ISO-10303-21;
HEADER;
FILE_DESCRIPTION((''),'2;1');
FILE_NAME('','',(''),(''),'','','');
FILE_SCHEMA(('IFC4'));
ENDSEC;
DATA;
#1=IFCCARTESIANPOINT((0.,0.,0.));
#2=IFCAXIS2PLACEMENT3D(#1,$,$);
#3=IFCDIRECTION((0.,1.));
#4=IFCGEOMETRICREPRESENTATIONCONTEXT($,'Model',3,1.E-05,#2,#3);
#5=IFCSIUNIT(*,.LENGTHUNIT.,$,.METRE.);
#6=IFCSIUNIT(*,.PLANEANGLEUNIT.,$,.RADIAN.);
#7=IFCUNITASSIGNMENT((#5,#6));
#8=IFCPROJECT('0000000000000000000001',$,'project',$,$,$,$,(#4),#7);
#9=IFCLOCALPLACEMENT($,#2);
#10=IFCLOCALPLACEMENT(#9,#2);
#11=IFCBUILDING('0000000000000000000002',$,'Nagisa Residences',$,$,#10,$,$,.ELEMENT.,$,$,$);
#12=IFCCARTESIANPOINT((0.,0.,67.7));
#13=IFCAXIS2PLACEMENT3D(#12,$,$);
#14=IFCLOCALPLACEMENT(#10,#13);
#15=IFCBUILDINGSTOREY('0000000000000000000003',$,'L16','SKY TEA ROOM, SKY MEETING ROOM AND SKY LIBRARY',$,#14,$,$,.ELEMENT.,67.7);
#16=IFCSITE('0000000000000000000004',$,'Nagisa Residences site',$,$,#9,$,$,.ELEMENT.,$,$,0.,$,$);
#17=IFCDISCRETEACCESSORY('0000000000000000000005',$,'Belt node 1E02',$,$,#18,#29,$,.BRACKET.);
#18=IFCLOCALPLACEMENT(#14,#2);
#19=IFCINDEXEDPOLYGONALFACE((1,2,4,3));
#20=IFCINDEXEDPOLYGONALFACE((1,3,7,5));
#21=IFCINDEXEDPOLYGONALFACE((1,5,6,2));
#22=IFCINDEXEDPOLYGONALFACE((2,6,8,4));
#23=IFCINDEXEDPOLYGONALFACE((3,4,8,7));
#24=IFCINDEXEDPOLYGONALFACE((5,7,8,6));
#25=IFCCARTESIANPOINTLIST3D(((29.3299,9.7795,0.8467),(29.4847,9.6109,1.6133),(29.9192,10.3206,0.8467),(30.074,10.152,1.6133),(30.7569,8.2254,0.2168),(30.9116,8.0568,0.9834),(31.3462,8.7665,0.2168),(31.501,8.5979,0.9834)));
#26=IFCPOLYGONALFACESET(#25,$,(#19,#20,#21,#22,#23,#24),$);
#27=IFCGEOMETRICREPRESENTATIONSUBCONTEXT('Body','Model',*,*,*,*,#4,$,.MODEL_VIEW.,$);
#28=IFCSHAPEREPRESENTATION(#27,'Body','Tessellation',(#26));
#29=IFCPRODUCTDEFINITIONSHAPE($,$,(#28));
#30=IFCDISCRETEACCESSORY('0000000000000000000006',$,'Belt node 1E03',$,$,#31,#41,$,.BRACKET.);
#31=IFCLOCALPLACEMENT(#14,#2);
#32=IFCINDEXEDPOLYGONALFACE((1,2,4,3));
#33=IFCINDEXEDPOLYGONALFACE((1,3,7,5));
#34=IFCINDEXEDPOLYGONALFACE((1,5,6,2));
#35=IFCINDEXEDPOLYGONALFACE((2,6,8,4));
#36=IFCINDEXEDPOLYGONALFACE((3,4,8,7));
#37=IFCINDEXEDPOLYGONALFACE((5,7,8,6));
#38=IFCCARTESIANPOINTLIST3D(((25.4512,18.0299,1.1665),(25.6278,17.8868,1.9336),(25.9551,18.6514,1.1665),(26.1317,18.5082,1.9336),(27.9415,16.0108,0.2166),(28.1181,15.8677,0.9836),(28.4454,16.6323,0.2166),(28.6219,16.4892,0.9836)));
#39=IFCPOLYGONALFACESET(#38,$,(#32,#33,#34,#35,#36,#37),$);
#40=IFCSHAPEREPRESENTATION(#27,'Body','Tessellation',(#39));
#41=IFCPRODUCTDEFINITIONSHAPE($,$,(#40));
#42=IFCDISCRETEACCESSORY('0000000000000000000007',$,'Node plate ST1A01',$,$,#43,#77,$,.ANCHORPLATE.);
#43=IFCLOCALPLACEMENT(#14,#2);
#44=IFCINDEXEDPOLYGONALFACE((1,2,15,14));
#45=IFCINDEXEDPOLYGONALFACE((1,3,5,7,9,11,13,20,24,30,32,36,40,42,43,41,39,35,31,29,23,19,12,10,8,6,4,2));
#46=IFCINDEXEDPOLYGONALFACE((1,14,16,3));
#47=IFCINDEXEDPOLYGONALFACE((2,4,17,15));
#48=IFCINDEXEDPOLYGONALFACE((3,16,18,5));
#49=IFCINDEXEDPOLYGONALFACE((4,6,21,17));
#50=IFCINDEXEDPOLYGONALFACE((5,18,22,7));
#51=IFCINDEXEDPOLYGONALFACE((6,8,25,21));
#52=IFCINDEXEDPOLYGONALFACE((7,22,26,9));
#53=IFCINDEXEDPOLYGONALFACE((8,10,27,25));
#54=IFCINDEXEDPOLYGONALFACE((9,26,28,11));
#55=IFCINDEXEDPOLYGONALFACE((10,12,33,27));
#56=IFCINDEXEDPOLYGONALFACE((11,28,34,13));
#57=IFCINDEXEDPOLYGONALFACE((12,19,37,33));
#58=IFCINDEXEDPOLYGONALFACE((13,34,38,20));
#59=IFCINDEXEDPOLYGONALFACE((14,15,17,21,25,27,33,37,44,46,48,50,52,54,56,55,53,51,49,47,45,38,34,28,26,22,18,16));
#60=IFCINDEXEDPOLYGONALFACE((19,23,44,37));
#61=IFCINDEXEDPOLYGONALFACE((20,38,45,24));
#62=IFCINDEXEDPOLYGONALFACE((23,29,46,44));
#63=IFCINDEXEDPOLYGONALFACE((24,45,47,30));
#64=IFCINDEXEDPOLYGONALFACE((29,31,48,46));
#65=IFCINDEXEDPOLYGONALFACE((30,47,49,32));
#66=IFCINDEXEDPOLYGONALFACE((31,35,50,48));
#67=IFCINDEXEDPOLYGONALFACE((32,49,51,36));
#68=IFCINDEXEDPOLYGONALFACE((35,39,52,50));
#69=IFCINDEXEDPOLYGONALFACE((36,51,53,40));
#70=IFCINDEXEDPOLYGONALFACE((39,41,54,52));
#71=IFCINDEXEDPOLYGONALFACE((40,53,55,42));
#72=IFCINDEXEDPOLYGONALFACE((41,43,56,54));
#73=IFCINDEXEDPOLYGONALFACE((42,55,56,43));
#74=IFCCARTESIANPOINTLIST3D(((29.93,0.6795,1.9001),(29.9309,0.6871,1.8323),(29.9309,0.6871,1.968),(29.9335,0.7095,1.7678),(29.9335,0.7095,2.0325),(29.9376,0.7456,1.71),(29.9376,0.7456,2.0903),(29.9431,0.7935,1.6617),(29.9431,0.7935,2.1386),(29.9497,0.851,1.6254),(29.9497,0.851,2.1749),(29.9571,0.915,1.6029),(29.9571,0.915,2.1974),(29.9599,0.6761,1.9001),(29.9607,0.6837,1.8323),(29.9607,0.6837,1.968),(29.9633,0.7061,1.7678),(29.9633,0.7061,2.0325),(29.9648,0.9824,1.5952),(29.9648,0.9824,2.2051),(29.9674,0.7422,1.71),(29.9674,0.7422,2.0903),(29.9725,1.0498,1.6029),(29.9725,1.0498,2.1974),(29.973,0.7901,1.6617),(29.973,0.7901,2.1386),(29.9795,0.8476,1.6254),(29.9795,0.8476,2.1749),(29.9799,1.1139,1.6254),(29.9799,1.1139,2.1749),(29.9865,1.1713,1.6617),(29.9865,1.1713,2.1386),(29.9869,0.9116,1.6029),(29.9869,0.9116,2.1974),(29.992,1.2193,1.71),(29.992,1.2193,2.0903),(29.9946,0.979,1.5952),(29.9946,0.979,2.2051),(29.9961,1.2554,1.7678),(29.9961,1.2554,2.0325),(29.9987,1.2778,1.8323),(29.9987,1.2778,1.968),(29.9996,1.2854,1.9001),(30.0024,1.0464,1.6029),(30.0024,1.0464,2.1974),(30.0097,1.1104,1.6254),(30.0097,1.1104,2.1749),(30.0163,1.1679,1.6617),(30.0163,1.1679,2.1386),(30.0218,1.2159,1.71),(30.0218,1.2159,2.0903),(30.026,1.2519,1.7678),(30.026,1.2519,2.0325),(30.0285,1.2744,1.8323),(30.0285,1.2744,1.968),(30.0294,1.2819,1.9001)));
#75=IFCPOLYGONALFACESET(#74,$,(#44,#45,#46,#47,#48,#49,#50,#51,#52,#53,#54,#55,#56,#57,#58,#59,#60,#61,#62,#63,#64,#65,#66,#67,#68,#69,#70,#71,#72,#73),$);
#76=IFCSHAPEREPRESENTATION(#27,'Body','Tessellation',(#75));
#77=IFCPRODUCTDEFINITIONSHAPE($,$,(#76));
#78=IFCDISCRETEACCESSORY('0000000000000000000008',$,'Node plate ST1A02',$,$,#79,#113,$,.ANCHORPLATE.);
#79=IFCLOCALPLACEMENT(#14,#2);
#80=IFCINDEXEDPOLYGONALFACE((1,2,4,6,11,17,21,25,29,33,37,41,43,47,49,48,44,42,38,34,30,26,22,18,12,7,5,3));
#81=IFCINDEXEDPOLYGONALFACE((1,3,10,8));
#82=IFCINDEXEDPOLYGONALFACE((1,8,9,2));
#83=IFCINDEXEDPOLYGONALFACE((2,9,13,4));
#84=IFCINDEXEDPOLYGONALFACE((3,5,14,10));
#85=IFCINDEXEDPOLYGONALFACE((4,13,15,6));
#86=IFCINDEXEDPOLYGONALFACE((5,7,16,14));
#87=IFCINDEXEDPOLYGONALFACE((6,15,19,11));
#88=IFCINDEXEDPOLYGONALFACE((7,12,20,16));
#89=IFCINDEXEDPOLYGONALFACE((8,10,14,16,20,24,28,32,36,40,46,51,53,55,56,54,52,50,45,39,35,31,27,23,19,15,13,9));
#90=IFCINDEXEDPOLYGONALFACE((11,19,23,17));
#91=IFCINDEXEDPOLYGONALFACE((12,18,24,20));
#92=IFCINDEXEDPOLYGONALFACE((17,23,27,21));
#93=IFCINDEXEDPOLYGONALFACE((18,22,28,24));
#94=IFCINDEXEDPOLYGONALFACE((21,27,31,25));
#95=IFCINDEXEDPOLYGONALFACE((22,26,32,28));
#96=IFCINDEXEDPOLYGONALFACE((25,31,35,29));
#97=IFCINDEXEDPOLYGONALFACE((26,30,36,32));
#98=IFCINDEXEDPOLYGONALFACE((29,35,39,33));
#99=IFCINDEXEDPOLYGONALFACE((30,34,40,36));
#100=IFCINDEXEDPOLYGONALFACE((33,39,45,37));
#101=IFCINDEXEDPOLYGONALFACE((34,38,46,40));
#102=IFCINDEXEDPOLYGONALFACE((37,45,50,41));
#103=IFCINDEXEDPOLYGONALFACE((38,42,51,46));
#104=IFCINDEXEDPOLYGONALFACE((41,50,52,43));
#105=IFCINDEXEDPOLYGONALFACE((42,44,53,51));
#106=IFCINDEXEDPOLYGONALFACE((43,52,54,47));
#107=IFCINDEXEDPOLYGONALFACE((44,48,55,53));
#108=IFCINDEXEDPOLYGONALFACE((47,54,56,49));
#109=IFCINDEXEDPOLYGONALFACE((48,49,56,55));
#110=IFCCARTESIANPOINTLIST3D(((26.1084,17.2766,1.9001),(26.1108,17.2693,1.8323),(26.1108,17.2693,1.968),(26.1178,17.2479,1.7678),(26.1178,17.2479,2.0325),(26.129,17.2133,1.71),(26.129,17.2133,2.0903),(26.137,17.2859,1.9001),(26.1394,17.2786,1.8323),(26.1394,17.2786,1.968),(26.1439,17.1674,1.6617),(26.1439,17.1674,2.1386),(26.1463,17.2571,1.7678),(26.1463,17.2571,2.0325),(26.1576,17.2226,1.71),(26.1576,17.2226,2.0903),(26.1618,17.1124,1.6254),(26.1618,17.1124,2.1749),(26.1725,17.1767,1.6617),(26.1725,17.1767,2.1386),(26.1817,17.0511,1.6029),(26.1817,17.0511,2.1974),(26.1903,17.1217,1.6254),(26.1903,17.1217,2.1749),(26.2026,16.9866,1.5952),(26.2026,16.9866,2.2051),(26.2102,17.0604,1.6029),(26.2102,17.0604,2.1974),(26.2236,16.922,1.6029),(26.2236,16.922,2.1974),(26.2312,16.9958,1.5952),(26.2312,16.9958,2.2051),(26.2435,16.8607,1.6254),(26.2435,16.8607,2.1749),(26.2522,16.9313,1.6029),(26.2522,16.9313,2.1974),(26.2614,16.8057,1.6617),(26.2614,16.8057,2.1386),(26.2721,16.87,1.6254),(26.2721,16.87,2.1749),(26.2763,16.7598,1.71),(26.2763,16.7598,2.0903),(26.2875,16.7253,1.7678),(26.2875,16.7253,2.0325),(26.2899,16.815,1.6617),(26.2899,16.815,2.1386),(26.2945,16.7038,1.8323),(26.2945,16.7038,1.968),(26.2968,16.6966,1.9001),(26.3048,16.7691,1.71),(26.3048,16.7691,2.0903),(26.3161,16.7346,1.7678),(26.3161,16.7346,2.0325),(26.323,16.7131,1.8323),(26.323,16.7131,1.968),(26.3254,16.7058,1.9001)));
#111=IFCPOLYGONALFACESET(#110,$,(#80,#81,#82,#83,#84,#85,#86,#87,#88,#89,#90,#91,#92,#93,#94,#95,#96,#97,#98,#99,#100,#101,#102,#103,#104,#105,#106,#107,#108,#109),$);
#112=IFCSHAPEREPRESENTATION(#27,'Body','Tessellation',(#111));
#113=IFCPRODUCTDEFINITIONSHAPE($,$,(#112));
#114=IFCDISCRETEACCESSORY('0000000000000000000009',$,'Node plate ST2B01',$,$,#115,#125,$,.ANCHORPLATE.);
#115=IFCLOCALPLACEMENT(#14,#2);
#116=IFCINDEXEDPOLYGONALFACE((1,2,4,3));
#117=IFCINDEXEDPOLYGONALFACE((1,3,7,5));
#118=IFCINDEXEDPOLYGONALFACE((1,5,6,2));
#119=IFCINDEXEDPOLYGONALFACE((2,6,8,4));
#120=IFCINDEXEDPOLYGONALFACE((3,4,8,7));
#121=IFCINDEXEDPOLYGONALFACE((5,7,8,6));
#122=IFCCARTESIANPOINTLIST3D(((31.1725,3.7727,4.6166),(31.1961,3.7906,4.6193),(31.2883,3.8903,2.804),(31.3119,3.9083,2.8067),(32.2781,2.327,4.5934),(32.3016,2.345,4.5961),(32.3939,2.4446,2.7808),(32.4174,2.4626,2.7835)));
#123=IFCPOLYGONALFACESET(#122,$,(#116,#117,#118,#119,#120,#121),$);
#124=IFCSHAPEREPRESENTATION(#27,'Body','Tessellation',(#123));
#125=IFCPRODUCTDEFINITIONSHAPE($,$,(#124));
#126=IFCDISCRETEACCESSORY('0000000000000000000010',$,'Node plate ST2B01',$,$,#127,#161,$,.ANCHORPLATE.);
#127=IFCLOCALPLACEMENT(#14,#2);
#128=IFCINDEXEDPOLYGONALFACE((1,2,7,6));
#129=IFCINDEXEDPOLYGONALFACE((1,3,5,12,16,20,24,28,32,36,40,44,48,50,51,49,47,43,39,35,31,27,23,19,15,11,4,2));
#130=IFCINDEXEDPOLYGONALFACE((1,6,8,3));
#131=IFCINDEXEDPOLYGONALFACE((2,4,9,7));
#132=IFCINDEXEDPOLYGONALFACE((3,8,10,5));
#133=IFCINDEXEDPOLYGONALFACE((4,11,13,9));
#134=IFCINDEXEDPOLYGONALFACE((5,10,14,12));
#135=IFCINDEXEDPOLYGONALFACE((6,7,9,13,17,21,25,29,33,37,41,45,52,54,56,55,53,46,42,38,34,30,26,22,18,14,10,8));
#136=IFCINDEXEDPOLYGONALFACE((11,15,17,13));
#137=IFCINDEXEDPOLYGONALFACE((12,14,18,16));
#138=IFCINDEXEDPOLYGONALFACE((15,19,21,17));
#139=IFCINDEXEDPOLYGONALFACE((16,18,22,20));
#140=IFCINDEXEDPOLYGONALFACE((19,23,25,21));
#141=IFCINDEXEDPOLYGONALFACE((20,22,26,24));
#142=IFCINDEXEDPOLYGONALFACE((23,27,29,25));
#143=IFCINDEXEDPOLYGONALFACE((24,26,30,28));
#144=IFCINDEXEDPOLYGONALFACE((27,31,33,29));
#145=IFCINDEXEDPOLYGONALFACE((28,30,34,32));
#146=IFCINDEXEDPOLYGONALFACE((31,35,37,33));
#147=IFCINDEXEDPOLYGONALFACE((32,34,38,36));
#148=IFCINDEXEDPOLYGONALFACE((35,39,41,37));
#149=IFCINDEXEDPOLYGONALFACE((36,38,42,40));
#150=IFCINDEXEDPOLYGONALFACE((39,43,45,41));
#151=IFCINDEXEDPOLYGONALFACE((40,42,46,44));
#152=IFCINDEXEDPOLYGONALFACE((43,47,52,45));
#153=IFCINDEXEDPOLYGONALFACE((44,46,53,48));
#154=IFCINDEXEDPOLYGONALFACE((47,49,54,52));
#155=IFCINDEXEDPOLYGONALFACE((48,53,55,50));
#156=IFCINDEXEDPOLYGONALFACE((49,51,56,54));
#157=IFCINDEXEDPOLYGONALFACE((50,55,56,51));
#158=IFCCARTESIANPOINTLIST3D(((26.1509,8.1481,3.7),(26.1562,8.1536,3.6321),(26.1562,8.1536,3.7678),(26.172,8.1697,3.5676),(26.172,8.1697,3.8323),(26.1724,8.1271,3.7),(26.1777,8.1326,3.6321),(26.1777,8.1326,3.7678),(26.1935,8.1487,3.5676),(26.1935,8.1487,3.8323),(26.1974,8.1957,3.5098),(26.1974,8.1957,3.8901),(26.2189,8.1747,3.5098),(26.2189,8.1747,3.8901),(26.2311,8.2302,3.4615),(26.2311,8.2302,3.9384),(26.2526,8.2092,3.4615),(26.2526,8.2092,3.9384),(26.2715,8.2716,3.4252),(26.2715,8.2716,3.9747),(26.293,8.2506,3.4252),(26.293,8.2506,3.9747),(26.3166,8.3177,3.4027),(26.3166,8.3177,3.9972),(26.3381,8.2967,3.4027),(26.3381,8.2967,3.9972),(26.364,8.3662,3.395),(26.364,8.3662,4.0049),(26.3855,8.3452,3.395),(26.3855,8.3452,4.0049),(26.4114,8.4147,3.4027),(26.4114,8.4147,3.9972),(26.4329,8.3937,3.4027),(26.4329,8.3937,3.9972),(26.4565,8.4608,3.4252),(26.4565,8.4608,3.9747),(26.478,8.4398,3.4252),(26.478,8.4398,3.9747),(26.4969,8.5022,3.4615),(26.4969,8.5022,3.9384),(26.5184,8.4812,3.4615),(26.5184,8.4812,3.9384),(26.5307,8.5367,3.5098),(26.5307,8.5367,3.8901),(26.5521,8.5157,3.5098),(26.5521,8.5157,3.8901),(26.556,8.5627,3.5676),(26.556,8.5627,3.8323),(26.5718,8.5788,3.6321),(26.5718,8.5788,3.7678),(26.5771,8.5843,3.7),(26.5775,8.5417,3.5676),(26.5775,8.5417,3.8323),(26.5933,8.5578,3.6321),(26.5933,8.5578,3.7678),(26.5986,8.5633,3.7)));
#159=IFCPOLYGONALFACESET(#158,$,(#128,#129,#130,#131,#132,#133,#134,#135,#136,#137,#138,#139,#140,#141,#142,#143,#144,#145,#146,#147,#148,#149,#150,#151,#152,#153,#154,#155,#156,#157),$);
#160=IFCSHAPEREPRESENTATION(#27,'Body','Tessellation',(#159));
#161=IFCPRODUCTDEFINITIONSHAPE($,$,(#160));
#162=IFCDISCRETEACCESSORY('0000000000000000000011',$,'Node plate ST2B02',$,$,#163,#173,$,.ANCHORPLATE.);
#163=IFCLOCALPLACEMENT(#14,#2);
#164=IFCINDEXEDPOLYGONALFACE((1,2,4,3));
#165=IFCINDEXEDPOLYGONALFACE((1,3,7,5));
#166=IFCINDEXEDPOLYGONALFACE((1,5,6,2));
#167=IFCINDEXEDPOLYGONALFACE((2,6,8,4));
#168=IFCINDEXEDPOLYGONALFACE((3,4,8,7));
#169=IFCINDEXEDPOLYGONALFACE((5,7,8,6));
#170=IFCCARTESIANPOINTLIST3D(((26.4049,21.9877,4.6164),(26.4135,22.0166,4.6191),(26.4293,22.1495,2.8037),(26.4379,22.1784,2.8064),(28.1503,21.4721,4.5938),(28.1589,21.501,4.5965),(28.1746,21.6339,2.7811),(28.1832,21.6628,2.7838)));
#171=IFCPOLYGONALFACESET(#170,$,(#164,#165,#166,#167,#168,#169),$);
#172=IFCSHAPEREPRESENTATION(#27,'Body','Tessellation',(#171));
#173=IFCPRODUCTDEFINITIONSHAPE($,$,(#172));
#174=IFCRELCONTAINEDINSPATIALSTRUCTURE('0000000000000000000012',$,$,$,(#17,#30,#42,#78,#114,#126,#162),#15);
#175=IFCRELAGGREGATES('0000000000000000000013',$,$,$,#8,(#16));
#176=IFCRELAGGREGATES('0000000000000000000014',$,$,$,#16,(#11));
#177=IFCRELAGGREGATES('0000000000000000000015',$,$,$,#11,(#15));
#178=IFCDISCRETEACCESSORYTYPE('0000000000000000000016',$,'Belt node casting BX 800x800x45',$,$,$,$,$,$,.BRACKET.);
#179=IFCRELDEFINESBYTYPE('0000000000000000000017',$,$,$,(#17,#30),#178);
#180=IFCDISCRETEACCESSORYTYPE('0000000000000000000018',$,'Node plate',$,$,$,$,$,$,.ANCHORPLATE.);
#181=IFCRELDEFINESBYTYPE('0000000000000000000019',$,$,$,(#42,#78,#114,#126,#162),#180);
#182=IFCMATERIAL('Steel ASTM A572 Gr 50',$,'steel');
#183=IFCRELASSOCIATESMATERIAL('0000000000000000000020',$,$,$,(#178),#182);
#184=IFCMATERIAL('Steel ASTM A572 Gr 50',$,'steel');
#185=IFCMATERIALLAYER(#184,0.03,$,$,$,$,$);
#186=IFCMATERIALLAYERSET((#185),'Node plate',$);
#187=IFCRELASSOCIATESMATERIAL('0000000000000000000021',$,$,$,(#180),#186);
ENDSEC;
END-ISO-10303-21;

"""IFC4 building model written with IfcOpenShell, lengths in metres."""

from ifc_helpers import new_model, si_unit, direction, frame, origin, origin_2d, place, context, subcontext, project, spatial, rectangle, circle, extrude, material, layer, layer_set, type_object, element, save


model = new_model("IFC4")

# Units and contexts
model_context = context("Model", 3, precision=1e-05, world=origin(), true_north=direction((0.0, 1.0)))
body_context = subcontext(model_context, "Body", "Model", "MODEL_VIEW")
ifc_project = project(units=[si_unit("LENGTHUNIT", "METRE"), si_unit("PLANEANGLEUNIT", "RADIAN")], contexts=[model_context])

# Site, building, storey
site_placement = place(None, origin())
site = spatial("IfcSite", under=ifc_project, at=site_placement, Name="Nagisa Residences site", CompositionType="ELEMENT", RefElevation=0.0)
building_placement = place(site_placement, origin())
building = spatial("IfcBuilding", under=site, at=building_placement, Name="Nagisa Residences", CompositionType="ELEMENT")
storey_placement = place(building_placement, frame((0.0, 0.0, 67.7)))
storey = spatial("IfcBuildingStorey", under=building, at=storey_placement, Name="L16", Description="SKY TEA ROOM, SKY MEETING ROOM AND SKY LIBRARY", CompositionType="ELEMENT", Elevation=67.7)

# Discrete accessories
ifc_material_1 = material(Name="Steel ASTM A572 Gr 50", Category="steel")
discrete_accessory_type_1 = type_object("IfcDiscreteAccessoryType", Name="Belt node casting BX 800x800x45", PredefinedType="BRACKET", material=ifc_material_1)
discrete_accessory_1_placement = place(storey_placement, frame((31.1289, 8.4116, 0.6001), z_axis=(-0.64806, 0.705826, 0.286056), x_axis=(-0.736606, -0.676322, 0.0)))
element("IfcDiscreteAccessory", 1, at=discrete_accessory_1_placement, inside=storey, type_object=discrete_accessory_type_1, Name="Belt node 1E02", PredefinedType="BRACKET", context=body_context, shape_type="SweptSolid", body=[
    extrude(rectangle(XDim=0.8, YDim=0.8, at=origin_2d()), origin(), (0.0, 0.0, 1.0), 2.2019),
])
discrete_accessory_2_placement = place(storey_placement, frame((28.2817, 16.25, 0.6001), z_axis=(-0.744758, 0.603838, 0.284103), x_axis=(-0.62979, -0.776766, 0.0)))
element("IfcDiscreteAccessory", 2, at=discrete_accessory_2_placement, inside=storey, type_object=discrete_accessory_type_1, Name="Belt node 1E03", PredefinedType="BRACKET", context=body_context, shape_type="SweptSolid", body=[
    extrude(rectangle(XDim=0.8, YDim=0.8, at=origin_2d()), origin(), (0.0, 0.0, 1.0), 3.3438),
])
ifc_material_2 = material(Name="Steel ASTM A572 Gr 50", Category="steel")
ifc_layer = layer(ifc_material_2, 0.03)
ifc_layer_set = layer_set([ifc_layer], Name="Node plate")
discrete_accessory_type_2 = type_object("IfcDiscreteAccessoryType", Name="Node plate", PredefinedType="ANCHORPLATE", material=ifc_layer_set)
for number, where, z_axis, x_axis, name in (
    (3, (29.9946, 0.979, 1.9001), (-0.99348, 0.114006, 0.0), (-0.114006, -0.99348, 0.0), "Node plate ST1A01"),
    (4, (26.2312, 16.9958, 1.9001), (-0.951094, -0.308902, 0.0), (0.308902, -0.951094, 0.0), "Node plate ST1A02"),
):
    element("IfcDiscreteAccessory", number, at=place(storey_placement, frame(where, z_axis=z_axis, x_axis=x_axis)), inside=storey, type_object=discrete_accessory_type_2, Name=name, PredefinedType="ANCHORPLATE", context=body_context, shape_type="SweptSolid", body=[
        extrude(circle(Radius=0.3049, at=origin_2d()), origin(), (0.0, 0.0, 1.0), 0.03),
    ])
discrete_accessory_3_placement = place(storey_placement, frame((31.7832, 3.1086, 3.6987), z_axis=(0.791843, 0.604087, 0.089797), x_axis=(-0.607401, 0.794293, 0.012746)))
element("IfcDiscreteAccessory", 5, at=discrete_accessory_3_placement, inside=storey, type_object=discrete_accessory_type_2, Name="Node plate ST2B01", PredefinedType="ANCHORPLATE", context=body_context, shape_type="SweptSolid", body=[
    extrude(rectangle(XDim=1.8201, YDim=1.8201, at=origin_2d()), origin(), (0.0, 0.0, 1.0), 0.0298),
])
discrete_accessory_4_placement = place(storey_placement, frame((26.3855, 8.3452, 3.7), z_axis=(-0.715187, 0.698933, 0.0), x_axis=(-0.698933, -0.715187, 0.0)))
element("IfcDiscreteAccessory", 6, at=discrete_accessory_4_placement, inside=storey, type_object=discrete_accessory_type_2, Name="Node plate ST2B01", PredefinedType="ANCHORPLATE", context=body_context, shape_type="SweptSolid", body=[
    extrude(circle(Radius=0.3049, at=origin_2d()), origin(), (0.0, 0.0, 1.0), 0.03),
])
discrete_accessory_5_placement = place(storey_placement, frame((27.2898, 21.8108, 3.6987), z_axis=(0.283236, 0.95491, 0.089017), x_axis=(-0.958957, 0.28328, 0.012403)))
element("IfcDiscreteAccessory", 7, at=discrete_accessory_5_placement, inside=storey, type_object=discrete_accessory_type_2, Name="Node plate ST2B02", PredefinedType="ANCHORPLATE", context=body_context, shape_type="SweptSolid", body=[
    extrude(rectangle(XDim=1.8201, YDim=1.8201, at=origin_2d()), origin(), (0.0, 0.0, 1.0), 0.0303),
])

save(model, "model.ifc")
